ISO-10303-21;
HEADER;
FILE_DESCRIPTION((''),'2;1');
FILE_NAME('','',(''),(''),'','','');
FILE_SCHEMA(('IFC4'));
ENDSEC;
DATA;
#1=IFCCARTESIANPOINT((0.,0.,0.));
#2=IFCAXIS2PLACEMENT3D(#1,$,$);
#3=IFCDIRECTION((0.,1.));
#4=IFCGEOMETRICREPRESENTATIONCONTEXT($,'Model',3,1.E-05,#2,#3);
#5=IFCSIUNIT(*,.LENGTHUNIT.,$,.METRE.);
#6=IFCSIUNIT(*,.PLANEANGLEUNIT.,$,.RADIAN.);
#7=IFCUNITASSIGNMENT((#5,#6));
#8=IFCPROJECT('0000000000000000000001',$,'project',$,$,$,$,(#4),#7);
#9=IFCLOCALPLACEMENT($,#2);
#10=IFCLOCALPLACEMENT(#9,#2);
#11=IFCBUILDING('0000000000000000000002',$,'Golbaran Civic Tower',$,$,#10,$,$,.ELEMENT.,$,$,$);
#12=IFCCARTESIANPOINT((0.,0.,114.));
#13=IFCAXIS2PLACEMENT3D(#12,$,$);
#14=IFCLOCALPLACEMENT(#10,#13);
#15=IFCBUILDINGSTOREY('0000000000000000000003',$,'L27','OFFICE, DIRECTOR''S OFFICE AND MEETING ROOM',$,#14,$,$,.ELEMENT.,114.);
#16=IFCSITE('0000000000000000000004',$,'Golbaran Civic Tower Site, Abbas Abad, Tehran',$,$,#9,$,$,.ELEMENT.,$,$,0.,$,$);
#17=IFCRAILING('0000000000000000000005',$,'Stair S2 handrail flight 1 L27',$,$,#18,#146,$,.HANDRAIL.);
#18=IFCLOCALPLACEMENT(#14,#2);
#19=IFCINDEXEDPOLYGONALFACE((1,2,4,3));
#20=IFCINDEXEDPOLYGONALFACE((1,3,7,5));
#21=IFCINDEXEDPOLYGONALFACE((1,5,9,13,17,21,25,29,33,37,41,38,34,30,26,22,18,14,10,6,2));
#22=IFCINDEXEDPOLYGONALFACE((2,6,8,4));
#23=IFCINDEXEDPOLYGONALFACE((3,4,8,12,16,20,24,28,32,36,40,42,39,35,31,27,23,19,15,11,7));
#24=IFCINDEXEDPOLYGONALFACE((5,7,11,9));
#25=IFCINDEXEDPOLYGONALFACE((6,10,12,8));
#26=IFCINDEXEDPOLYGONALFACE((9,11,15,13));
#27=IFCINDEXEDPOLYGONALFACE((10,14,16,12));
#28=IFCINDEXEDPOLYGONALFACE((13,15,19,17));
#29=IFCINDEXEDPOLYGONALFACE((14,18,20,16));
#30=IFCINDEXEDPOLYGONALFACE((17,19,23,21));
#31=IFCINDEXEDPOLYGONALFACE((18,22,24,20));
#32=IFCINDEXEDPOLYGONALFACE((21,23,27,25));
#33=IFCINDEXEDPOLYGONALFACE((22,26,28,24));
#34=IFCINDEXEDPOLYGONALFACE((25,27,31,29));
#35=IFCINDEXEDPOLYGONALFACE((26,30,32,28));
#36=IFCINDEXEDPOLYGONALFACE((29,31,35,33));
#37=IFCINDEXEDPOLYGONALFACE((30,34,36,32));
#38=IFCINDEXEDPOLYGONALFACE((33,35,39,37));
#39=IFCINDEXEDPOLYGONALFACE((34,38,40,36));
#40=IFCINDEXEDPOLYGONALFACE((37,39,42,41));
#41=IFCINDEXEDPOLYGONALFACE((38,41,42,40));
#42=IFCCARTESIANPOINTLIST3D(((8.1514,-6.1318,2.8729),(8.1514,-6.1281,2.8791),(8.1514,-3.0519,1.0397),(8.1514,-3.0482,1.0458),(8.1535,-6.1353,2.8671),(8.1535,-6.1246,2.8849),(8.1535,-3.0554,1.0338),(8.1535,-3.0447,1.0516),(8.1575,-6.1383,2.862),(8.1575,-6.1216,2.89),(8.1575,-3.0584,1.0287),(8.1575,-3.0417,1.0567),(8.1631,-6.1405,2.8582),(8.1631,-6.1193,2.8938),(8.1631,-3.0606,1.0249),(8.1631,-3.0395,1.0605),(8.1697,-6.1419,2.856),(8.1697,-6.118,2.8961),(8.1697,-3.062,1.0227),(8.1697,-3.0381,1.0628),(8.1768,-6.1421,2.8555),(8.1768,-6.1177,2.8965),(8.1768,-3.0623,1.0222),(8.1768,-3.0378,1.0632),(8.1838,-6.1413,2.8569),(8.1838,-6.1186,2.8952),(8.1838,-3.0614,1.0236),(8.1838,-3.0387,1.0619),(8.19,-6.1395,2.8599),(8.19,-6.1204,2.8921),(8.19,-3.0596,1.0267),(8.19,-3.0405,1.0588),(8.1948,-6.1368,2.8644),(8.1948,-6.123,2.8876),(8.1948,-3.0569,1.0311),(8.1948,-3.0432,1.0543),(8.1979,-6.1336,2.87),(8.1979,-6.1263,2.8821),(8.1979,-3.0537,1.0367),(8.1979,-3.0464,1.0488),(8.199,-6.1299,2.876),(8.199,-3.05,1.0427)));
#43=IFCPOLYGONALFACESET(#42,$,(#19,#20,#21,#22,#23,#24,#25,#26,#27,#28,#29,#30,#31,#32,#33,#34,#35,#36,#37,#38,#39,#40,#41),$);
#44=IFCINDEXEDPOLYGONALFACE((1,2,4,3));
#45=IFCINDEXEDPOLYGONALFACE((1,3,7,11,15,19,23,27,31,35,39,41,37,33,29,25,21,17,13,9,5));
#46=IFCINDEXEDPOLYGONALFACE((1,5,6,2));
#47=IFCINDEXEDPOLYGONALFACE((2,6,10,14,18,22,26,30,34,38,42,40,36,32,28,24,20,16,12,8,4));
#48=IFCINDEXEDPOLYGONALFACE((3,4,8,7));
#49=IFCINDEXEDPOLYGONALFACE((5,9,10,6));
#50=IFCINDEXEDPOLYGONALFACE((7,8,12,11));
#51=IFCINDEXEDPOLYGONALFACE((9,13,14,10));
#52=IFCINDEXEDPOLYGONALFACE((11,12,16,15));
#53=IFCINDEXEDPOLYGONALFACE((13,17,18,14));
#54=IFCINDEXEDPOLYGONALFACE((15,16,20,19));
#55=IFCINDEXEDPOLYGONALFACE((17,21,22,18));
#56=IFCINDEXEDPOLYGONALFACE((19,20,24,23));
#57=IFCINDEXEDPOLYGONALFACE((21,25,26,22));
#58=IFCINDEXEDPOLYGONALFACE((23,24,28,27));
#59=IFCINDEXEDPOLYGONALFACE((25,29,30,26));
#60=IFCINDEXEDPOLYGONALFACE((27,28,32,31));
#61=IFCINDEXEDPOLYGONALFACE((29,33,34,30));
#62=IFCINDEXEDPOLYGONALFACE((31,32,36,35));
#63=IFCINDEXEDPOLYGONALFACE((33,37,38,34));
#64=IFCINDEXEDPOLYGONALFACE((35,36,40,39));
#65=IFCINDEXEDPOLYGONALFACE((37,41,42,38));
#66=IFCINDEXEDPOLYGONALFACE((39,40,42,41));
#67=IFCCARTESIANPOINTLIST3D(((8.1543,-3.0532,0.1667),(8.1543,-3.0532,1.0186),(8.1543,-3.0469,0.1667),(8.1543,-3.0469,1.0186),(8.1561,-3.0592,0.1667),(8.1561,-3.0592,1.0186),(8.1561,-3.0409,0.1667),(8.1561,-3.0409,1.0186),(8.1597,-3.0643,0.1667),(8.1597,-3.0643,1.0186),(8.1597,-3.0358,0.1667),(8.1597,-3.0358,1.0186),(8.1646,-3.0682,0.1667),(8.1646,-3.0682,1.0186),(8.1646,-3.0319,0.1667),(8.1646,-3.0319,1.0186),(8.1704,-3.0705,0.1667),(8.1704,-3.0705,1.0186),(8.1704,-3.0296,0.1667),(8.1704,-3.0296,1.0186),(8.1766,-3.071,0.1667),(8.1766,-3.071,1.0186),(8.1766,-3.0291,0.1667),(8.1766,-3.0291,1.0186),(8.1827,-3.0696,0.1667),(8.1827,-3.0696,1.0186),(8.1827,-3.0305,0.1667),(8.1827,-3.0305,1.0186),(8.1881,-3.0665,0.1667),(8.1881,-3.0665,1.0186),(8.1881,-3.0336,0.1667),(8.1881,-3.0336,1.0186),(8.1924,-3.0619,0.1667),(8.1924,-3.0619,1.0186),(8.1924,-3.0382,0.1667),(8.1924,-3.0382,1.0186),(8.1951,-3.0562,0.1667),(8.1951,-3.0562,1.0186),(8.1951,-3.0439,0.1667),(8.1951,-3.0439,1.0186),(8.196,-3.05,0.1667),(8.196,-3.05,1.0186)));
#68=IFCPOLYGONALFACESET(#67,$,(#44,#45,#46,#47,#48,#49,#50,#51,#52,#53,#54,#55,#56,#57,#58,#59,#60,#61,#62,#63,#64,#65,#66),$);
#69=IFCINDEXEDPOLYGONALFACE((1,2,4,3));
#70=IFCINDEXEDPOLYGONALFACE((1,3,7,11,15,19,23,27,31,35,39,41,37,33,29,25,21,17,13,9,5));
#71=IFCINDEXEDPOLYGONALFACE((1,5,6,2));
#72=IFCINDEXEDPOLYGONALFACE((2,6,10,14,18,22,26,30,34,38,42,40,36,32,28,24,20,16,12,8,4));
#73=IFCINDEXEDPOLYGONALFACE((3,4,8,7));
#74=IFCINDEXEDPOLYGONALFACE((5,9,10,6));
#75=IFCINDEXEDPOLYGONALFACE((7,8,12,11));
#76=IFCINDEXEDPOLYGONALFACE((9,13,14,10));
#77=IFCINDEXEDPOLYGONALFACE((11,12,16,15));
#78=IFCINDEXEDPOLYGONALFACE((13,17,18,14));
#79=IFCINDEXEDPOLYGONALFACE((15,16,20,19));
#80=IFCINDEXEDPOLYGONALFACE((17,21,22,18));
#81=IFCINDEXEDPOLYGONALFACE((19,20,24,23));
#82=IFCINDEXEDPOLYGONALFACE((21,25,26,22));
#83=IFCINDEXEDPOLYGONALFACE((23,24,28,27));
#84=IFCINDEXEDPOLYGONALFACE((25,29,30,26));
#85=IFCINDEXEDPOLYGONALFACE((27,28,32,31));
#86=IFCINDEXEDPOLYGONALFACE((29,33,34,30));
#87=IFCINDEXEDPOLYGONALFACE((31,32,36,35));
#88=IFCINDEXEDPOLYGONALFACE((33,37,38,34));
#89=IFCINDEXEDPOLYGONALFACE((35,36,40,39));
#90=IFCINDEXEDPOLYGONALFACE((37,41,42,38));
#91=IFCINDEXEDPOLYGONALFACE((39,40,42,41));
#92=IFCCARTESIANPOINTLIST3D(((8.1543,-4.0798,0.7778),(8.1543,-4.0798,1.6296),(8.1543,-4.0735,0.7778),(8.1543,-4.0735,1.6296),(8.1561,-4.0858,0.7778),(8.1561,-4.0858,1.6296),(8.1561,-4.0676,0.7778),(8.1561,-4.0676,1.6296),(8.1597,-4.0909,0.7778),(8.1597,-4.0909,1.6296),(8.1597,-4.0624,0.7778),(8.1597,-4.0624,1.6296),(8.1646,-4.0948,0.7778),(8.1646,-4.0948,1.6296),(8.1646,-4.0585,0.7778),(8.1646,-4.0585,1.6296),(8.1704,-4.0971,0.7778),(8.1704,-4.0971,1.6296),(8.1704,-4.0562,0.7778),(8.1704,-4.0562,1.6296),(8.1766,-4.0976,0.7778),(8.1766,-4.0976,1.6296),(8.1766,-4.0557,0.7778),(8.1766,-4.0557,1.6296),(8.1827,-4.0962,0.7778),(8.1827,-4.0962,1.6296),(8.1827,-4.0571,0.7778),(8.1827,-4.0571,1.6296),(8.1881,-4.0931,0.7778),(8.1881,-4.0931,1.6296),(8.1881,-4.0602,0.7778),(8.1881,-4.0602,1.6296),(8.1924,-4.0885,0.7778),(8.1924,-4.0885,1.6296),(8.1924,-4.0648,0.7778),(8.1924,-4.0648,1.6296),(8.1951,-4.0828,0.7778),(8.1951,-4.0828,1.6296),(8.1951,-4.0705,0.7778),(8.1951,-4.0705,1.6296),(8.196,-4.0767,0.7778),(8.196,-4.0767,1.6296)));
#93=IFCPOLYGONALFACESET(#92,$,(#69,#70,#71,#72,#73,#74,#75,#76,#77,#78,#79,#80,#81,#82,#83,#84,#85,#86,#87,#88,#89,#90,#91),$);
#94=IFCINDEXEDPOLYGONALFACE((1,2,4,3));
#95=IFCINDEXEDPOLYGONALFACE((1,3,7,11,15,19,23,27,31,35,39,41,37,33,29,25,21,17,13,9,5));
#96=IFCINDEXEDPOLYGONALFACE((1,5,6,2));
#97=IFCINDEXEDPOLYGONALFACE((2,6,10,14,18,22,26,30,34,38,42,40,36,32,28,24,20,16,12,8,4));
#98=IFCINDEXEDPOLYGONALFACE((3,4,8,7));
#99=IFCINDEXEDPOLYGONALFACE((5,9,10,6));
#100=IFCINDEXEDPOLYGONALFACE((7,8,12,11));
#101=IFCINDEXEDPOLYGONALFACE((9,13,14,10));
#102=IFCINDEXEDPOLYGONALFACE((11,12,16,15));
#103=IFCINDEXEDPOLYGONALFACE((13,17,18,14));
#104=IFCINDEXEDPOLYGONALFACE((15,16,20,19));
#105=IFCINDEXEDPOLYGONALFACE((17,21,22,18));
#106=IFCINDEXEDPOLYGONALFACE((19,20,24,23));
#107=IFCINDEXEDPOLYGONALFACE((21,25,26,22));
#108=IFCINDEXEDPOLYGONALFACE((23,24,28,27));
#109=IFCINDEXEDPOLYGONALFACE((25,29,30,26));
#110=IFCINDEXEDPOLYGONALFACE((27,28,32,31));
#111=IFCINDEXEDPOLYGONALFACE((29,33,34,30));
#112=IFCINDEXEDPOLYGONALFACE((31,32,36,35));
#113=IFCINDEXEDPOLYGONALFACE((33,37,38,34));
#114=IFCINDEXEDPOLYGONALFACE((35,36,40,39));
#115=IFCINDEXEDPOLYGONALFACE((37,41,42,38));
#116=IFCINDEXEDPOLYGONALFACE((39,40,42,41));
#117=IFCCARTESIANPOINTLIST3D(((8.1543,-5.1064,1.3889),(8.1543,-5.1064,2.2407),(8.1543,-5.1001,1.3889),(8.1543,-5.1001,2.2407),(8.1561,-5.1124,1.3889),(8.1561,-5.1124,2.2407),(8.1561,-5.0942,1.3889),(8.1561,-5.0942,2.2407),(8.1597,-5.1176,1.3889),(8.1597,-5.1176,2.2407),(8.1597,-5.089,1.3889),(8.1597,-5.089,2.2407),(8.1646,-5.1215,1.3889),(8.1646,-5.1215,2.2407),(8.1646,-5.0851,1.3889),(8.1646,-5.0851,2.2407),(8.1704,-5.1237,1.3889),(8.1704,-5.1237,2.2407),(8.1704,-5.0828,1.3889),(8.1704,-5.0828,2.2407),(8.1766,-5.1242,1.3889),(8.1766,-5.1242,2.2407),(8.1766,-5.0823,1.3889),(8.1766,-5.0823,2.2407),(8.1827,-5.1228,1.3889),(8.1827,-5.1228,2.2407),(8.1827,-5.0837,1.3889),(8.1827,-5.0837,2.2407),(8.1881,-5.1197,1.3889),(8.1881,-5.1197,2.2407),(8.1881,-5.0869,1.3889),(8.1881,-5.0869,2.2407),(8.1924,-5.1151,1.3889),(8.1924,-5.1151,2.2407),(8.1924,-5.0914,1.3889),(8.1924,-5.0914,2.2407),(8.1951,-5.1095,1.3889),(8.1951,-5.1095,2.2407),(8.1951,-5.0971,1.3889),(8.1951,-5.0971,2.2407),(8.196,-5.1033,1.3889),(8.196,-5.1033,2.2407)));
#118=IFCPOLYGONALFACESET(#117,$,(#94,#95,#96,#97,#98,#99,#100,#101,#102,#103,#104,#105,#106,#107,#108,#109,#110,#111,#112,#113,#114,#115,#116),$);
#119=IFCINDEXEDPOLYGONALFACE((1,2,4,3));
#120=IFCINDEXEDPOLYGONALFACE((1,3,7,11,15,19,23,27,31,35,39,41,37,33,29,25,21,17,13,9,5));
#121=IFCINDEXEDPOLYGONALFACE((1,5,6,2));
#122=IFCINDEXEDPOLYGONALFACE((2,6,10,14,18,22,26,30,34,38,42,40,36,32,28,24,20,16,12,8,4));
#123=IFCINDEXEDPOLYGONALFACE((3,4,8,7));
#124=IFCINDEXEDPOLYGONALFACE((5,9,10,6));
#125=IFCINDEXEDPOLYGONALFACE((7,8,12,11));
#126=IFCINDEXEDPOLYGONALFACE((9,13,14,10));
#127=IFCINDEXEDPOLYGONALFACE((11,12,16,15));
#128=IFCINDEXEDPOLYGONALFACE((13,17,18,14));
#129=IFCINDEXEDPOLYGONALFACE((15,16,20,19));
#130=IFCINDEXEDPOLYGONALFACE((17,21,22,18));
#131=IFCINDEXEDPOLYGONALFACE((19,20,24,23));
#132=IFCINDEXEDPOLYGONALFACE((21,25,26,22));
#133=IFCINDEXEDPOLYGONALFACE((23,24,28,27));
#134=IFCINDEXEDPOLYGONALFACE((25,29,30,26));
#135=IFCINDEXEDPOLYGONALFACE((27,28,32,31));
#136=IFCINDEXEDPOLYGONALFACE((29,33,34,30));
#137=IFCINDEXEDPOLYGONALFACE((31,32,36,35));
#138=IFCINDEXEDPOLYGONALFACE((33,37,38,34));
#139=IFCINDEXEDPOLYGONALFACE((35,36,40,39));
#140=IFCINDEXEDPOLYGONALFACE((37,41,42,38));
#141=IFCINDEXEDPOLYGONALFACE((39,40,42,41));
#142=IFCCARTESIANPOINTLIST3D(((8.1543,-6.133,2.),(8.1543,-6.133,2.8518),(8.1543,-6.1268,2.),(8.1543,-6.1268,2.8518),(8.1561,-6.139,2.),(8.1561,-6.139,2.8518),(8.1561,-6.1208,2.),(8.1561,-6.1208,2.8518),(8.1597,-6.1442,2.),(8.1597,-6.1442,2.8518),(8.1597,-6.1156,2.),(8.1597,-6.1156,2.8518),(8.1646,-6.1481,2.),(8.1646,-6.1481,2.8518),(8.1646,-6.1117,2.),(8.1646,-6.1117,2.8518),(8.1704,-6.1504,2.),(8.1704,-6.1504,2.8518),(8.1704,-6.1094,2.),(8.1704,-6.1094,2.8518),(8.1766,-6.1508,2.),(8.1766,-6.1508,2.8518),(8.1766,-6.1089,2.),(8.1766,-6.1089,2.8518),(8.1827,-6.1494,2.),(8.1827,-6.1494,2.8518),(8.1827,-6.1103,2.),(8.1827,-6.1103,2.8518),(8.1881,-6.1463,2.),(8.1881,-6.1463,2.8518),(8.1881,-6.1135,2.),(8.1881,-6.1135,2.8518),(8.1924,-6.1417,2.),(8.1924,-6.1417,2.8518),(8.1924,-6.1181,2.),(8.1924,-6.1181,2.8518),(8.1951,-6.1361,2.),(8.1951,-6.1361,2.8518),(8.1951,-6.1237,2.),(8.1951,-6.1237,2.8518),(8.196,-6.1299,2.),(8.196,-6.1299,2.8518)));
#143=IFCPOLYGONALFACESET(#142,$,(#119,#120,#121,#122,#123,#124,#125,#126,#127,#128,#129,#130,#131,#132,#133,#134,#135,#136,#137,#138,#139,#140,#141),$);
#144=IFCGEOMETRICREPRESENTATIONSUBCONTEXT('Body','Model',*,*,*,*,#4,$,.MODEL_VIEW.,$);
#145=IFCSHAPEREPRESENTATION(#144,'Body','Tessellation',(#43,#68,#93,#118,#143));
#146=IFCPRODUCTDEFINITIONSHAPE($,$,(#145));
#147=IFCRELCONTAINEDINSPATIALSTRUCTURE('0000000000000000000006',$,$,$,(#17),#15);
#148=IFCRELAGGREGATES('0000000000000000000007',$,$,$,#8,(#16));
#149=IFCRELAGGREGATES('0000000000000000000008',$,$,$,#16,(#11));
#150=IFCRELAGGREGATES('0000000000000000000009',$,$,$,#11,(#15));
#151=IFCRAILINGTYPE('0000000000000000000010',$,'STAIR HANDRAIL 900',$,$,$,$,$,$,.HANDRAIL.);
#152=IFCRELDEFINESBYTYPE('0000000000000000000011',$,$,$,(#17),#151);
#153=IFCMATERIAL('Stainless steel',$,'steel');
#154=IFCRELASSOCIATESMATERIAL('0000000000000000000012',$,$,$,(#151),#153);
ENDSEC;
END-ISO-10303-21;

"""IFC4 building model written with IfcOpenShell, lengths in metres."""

from ifc_helpers import new_model, si_unit, direction, frame, origin, origin_2d, place, context, subcontext, project, spatial, circle, extrude, material, type_object, element, save


model = new_model("IFC4")

# Units and contexts
model_context = context("Model", 3, precision=1e-05, world=origin(), true_north=direction((0.0, 1.0)))
body_context = subcontext(model_context, "Body", "Model", "MODEL_VIEW")
ifc_project = project(units=[si_unit("LENGTHUNIT", "METRE"), si_unit("PLANEANGLEUNIT", "RADIAN")], contexts=[model_context])

# Site, building, storey
site_placement = place(None, origin())
site = spatial("IfcSite", under=ifc_project, at=site_placement, Name="Golbaran Civic Tower Site, Abbas Abad, Tehran", CompositionType="ELEMENT", RefElevation=0.0)
building_placement = place(site_placement, origin())
building = spatial("IfcBuilding", under=site, at=building_placement, Name="Golbaran Civic Tower", CompositionType="ELEMENT")
storey_placement = place(building_placement, frame((0.0, 0.0, 114.0)))
storey = spatial("IfcBuildingStorey", under=building, at=storey_placement, Name="L27", Description="OFFICE, DIRECTOR'S OFFICE AND MEETING ROOM", CompositionType="ELEMENT", Elevation=114.0)

# Shared definitions
ifc_material_1 = material(Name="Stainless steel", Category="steel")

# Railing
railing_type = type_object("IfcRailingType", Name="STAIR HANDRAIL 900", PredefinedType="HANDRAIL", material=ifc_material_1)
railing_1_placement = place(storey_placement, frame((8.175, -3.05, 0.1667)))
element("IfcRailing", 1, at=railing_1_placement, inside=storey, type_object=railing_type, Name="Stair S2 handrail flight 1 L27", PredefinedType="HANDRAIL", context=body_context, shape_type="SweptSolid", body=[
    extrude(circle(Radius=0.0239, at=origin_2d()), frame((0.0, 0.0, 0.876), z_axis=(0.0, -0.859291, 0.511487), x_axis=(1.0, 0.0, 0.0)), (0.0, 0.0, 1.0), 3.5842),
    extrude(circle(Radius=0.021, at=origin_2d()), origin(), (0.0, 0.0, 1.0), 0.8518),
    extrude(circle(Radius=0.021, at=origin_2d()), frame((0.0, -1.0266, 0.6111)), (0.0, 0.0, 1.0), 0.8518),
    extrude(circle(Radius=0.021, at=origin_2d()), frame((0.0, -2.0532, 1.2222)), (0.0, 0.0, 1.0), 0.8518),
    extrude(circle(Radius=0.021, at=origin_2d()), frame((0.0, -3.0798, 1.8333)), (0.0, 0.0, 1.0), 0.8518),
])

save(model, "model.ifc")
